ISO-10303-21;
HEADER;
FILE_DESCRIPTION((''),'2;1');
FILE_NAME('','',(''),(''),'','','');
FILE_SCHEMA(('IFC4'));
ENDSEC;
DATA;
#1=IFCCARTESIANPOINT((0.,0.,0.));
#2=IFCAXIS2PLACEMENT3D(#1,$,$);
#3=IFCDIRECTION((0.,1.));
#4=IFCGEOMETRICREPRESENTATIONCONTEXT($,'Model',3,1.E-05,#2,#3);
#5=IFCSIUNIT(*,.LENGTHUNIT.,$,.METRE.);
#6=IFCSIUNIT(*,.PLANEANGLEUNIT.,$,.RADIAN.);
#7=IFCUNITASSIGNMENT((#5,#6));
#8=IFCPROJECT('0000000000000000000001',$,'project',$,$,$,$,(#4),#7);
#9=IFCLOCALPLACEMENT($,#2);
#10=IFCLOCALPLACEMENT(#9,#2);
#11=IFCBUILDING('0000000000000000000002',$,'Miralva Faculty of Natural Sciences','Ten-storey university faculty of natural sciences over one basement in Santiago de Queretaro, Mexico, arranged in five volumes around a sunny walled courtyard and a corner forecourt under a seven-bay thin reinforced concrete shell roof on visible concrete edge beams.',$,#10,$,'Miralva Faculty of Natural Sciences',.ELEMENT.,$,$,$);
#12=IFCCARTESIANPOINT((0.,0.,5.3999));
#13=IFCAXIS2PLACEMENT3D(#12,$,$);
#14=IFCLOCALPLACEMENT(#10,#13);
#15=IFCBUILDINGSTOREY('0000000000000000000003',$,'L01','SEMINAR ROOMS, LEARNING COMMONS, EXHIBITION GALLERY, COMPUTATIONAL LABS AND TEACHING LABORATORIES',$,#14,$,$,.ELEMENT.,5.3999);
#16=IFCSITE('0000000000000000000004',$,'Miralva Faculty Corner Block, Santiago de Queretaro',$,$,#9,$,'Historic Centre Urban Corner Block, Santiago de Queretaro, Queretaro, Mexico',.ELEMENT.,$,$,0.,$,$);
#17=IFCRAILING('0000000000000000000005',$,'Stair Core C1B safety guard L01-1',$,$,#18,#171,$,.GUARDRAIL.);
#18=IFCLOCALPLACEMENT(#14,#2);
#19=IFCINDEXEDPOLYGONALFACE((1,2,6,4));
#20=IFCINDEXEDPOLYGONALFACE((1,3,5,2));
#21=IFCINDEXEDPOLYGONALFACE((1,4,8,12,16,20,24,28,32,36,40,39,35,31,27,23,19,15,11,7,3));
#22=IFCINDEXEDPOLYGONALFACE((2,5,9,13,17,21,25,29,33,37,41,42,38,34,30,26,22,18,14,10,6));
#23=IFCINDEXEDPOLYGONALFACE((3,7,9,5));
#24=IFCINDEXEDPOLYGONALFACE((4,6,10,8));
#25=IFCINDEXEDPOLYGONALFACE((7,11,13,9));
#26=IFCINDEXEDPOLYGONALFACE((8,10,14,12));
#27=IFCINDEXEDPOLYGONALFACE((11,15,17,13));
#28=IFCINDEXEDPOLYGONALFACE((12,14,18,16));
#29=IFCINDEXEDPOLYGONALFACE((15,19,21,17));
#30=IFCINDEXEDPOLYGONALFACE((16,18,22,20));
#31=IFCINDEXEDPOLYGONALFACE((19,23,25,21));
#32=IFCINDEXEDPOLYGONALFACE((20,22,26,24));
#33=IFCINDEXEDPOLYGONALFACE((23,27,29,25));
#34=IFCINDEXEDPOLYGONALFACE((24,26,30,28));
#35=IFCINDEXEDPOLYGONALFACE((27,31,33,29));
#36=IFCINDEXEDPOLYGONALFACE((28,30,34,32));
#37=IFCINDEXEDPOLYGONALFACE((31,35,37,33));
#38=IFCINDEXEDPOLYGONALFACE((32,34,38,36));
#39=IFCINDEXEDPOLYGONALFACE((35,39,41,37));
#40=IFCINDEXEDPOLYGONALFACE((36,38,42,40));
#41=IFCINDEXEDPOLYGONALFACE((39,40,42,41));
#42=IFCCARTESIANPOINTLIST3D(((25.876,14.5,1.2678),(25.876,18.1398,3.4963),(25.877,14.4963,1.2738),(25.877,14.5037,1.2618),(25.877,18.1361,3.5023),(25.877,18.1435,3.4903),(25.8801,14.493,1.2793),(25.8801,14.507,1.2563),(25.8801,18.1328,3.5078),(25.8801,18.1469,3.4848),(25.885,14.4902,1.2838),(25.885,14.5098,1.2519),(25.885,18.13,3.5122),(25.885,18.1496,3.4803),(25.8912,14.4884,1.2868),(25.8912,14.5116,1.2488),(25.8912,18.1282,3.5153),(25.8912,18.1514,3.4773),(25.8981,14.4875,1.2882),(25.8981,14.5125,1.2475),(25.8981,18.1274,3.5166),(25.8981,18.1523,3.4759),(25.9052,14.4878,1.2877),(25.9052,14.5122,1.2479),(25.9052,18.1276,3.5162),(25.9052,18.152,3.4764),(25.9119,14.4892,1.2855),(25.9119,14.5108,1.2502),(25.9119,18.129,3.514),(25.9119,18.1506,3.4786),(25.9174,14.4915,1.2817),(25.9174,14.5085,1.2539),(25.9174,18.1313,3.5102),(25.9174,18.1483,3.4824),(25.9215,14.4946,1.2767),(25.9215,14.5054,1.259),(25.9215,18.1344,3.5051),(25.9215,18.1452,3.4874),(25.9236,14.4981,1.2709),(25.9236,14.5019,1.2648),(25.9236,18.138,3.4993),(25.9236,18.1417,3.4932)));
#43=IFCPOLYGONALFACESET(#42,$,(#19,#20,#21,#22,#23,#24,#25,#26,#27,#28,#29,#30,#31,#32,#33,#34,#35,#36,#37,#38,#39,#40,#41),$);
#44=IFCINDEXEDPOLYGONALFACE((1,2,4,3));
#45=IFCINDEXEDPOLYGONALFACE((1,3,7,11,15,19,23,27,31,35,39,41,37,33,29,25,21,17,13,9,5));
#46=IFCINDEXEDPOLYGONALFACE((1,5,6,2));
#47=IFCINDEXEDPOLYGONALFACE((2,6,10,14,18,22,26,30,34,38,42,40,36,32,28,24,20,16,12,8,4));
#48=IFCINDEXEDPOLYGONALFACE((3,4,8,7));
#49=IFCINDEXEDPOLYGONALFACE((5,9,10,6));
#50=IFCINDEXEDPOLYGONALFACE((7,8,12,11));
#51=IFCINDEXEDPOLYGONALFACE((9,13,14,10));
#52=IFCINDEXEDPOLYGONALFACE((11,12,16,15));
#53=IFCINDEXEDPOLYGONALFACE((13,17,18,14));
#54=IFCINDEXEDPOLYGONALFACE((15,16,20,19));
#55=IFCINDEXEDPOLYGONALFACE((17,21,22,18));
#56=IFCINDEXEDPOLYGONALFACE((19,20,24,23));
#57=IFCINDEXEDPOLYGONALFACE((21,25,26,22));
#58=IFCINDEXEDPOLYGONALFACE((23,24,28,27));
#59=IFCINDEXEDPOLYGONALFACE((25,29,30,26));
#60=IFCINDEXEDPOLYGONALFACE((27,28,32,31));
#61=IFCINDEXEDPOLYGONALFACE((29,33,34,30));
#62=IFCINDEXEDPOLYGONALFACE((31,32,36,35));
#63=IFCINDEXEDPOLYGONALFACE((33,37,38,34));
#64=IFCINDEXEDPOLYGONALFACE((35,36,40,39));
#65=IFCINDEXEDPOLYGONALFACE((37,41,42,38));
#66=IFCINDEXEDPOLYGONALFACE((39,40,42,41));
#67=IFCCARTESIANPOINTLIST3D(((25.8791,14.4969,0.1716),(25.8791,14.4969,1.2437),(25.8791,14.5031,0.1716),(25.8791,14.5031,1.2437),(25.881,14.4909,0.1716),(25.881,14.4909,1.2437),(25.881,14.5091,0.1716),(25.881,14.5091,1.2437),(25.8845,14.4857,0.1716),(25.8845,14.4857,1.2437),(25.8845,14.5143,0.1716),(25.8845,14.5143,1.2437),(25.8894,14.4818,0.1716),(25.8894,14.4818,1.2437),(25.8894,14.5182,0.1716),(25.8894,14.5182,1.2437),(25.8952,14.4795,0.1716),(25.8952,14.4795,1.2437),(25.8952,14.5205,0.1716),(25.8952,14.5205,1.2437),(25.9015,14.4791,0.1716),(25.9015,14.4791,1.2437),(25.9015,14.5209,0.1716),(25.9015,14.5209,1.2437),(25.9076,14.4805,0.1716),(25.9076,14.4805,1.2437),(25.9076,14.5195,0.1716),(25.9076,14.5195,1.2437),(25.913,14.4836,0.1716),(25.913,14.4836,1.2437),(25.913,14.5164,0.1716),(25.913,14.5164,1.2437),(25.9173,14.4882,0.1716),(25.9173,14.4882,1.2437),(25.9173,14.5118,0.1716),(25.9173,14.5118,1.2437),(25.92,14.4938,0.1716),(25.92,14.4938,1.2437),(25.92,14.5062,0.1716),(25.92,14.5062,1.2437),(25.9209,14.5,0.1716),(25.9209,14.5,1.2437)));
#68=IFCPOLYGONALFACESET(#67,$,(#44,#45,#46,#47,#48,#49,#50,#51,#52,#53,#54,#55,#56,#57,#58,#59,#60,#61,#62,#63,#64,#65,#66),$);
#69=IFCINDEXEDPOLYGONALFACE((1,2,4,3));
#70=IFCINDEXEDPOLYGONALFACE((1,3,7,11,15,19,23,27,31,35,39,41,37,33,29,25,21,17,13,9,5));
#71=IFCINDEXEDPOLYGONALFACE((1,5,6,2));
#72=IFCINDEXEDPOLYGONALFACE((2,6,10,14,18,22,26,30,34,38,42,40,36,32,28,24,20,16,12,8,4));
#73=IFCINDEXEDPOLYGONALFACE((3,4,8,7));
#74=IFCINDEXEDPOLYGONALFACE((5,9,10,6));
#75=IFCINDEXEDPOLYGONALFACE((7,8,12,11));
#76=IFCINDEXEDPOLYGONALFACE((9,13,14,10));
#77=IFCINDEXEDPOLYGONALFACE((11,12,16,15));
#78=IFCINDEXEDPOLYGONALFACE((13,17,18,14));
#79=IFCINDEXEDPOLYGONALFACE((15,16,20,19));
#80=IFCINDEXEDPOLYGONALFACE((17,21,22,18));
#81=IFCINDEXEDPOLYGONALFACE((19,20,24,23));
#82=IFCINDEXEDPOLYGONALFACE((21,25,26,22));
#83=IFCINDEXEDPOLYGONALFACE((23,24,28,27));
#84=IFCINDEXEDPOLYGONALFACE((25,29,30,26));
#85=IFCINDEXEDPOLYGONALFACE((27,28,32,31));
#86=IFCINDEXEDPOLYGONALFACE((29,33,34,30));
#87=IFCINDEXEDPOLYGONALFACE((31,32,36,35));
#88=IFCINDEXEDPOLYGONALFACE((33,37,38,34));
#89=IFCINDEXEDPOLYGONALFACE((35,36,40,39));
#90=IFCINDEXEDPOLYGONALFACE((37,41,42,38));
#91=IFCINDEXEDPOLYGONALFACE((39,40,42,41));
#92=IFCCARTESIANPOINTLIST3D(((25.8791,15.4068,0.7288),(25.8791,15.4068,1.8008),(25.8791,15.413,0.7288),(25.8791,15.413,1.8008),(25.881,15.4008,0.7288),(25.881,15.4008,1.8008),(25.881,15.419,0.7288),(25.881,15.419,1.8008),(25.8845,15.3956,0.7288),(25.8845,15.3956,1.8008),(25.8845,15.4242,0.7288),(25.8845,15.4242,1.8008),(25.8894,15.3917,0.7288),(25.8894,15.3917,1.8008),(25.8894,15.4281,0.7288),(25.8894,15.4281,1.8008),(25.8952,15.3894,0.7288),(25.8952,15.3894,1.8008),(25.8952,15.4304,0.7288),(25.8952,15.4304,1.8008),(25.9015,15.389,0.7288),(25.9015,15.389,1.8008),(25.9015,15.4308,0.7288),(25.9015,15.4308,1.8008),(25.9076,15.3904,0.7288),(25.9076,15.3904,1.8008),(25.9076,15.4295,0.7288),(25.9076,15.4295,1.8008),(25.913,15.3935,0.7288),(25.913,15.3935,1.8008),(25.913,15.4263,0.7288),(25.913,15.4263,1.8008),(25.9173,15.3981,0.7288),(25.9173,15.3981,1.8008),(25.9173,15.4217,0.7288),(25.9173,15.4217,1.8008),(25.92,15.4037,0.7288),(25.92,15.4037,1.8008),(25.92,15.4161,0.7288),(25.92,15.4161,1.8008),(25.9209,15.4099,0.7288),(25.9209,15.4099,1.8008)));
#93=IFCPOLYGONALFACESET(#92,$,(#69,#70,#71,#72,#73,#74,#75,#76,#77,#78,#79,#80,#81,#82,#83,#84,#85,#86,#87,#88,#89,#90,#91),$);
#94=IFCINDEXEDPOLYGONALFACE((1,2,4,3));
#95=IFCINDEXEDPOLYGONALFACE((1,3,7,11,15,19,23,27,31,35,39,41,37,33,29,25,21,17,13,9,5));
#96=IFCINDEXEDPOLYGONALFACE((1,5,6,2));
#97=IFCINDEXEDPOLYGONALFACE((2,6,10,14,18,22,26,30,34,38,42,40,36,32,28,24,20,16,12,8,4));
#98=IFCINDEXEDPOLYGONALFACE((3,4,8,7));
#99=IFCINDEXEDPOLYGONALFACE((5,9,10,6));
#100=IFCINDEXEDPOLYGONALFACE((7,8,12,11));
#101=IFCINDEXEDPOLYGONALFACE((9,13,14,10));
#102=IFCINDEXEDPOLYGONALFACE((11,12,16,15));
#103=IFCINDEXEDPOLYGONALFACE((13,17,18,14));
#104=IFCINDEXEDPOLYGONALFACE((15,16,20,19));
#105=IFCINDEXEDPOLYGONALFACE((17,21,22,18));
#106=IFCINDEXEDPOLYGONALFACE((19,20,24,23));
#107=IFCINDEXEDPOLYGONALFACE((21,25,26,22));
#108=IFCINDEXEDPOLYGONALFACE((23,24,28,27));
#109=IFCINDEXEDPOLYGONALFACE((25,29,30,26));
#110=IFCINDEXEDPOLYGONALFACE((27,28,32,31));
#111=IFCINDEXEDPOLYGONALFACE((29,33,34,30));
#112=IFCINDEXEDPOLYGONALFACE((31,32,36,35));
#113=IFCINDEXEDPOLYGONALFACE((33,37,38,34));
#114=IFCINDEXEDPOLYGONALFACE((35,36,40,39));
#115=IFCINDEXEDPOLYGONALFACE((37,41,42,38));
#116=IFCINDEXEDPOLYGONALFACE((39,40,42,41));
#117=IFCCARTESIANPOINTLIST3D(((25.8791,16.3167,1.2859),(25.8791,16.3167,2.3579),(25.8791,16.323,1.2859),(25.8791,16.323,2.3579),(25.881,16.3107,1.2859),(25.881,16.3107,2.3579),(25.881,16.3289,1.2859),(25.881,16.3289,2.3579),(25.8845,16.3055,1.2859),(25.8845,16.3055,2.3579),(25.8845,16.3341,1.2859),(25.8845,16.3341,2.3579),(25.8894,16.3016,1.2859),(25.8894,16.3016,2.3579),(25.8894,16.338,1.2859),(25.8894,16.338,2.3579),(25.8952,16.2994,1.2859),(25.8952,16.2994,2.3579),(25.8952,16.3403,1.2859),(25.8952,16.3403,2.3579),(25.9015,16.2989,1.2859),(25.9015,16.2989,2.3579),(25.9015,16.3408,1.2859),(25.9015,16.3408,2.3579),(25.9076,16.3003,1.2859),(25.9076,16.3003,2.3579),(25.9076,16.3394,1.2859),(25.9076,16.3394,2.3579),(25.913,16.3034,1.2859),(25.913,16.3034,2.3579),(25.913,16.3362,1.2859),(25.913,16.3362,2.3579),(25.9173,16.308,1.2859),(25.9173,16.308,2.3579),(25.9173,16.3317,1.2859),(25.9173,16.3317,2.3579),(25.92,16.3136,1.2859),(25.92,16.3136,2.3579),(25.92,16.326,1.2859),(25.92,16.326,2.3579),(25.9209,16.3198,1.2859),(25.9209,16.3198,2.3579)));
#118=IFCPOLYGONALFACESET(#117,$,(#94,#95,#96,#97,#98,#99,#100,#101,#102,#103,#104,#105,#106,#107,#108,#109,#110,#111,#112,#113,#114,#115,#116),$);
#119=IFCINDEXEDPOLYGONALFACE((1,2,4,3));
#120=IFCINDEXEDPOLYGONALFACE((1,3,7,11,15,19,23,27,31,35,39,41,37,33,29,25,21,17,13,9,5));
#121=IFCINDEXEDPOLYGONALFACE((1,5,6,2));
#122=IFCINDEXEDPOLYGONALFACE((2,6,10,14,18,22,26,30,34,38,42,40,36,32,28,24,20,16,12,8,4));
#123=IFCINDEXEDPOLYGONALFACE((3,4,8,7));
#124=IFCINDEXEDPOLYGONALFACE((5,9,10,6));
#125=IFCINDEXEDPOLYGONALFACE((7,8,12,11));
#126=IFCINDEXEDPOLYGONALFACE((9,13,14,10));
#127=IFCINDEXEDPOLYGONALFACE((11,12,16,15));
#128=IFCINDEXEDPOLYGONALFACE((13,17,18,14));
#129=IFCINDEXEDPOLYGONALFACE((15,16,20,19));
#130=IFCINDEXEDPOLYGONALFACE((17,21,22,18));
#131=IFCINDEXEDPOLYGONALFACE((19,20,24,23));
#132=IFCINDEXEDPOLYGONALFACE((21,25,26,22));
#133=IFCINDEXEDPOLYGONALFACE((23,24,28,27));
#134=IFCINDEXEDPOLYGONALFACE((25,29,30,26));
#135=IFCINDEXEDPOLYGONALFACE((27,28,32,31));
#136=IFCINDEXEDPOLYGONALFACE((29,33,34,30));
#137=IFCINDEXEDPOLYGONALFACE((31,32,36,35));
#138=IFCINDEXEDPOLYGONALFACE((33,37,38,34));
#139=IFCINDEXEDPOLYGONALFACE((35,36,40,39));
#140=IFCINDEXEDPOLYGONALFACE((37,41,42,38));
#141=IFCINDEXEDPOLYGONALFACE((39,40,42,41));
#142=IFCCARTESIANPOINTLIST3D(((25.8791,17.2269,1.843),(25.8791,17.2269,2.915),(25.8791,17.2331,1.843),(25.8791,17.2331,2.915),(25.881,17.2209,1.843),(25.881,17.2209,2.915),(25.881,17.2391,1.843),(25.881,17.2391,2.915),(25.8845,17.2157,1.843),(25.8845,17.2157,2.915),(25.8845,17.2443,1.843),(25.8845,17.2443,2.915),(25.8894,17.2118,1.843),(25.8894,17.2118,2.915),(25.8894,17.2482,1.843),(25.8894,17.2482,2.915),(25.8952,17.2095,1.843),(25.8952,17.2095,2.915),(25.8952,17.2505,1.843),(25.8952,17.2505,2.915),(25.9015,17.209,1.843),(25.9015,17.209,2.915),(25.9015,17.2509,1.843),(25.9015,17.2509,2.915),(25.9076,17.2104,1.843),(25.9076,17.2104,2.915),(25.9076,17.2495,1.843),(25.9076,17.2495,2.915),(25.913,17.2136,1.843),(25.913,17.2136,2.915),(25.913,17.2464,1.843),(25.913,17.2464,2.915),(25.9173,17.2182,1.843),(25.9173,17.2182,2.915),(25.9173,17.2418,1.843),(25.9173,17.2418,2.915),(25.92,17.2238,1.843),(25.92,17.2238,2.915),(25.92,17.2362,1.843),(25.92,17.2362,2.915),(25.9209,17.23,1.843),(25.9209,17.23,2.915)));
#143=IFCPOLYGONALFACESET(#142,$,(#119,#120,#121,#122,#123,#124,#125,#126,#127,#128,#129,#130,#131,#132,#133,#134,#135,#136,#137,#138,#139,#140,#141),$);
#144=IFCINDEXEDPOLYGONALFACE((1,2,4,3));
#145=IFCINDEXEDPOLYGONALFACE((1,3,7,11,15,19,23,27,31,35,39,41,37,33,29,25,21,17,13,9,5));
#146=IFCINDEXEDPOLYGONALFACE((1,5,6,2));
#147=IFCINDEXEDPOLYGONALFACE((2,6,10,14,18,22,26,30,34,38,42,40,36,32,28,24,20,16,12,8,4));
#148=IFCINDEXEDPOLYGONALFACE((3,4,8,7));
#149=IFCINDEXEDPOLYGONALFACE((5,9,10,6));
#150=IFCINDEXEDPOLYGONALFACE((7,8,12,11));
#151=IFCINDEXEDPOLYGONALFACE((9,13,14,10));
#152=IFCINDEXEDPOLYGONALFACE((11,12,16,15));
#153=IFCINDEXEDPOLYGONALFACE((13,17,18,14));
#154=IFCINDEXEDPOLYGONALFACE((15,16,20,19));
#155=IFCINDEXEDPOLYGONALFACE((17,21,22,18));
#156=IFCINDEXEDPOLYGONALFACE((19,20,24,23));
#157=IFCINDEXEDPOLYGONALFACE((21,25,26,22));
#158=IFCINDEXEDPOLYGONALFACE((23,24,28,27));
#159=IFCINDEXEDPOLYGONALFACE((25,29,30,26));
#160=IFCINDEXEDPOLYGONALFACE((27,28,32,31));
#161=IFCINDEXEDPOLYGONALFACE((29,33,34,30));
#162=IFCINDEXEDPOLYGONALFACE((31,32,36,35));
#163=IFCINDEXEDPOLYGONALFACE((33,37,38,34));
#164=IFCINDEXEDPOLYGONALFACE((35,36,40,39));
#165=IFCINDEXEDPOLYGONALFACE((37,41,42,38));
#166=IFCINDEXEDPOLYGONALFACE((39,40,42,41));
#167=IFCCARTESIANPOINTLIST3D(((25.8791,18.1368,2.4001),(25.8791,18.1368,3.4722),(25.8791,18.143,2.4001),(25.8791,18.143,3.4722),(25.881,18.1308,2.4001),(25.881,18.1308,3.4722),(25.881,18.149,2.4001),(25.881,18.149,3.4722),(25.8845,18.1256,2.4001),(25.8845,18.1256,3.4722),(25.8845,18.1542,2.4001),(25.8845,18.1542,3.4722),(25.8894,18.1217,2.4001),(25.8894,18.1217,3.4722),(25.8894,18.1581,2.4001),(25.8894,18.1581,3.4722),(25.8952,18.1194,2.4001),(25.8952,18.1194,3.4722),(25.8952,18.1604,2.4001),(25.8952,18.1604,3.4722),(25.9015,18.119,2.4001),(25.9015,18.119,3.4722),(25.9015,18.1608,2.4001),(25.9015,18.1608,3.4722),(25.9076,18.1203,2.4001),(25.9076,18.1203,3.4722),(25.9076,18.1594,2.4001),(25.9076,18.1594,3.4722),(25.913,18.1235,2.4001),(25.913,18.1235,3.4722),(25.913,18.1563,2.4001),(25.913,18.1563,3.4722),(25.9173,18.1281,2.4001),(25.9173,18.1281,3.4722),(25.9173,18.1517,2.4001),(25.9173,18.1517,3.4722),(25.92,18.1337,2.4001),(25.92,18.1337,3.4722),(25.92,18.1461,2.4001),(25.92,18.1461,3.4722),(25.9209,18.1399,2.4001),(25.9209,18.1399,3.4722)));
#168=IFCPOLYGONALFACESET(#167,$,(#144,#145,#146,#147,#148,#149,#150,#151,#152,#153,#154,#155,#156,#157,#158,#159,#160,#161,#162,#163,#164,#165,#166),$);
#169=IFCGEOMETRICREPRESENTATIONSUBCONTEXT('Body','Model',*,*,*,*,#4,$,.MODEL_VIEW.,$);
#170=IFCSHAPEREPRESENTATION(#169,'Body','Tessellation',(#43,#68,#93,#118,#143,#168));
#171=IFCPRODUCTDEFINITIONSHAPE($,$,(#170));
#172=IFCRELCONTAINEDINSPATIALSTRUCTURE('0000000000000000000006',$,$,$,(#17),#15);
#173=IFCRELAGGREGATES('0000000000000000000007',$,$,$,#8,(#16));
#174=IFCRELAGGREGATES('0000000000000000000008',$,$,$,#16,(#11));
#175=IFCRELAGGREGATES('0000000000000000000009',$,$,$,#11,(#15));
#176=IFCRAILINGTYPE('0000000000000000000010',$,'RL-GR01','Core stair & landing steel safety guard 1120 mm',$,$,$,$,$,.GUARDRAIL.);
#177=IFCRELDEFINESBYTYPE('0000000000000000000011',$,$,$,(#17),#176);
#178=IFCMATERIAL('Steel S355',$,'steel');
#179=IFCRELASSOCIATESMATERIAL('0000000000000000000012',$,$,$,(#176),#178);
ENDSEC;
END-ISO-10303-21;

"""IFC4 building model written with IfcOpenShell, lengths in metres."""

from ifc_helpers import new_model, si_unit, direction, frame, origin, origin_2d, place, context, subcontext, project, spatial, circle, extrude, material, type_object, element, save


model = new_model("IFC4")

# Units and contexts
model_context = context("Model", 3, precision=1e-05, world=origin(), true_north=direction((0.0, 1.0)))
body_context = subcontext(model_context, "Body", "Model", "MODEL_VIEW")
ifc_project = project(units=[si_unit("LENGTHUNIT", "METRE"), si_unit("PLANEANGLEUNIT", "RADIAN")], contexts=[model_context])

# Site, building, storey
site_placement = place(None, origin())
site = spatial("IfcSite", under=ifc_project, at=site_placement, Name="Miralva Faculty Corner Block, Santiago de Queretaro", LongName="Historic Centre Urban Corner Block, Santiago de Queretaro, Queretaro, Mexico", CompositionType="ELEMENT", RefElevation=0.0)
building_placement = place(site_placement, origin())
building = spatial("IfcBuilding", under=site, at=building_placement, Name="Miralva Faculty of Natural Sciences", Description="Ten-storey university faculty of natural sciences over one basement in Santiago de Queretaro, Mexico, arranged in five volumes around a sunny walled courtyard and a corner forecourt under a seven-bay thin reinforced concrete shell roof on visible concrete edge beams.", LongName="Miralva Faculty of Natural Sciences", CompositionType="ELEMENT")
storey_placement = place(building_placement, frame((0.0, 0.0, 5.3999)))
storey = spatial("IfcBuildingStorey", under=building, at=storey_placement, Name="L01", Description="SEMINAR ROOMS, LEARNING COMMONS, EXHIBITION GALLERY, COMPUTATIONAL LABS AND TEACHING LABORATORIES", CompositionType="ELEMENT", Elevation=5.3999)

# Railing
ifc_material_1 = material(Name="Steel S355", Category="steel")
railing_type_1 = type_object("IfcRailingType", Name="RL-GR01", Description="Core stair & landing steel safety guard 1120 mm", PredefinedType="GUARDRAIL", material=ifc_material_1)
railing_1_placement = place(storey_placement, frame((25.8999, 14.5, 0.1716)))
element("IfcRailing", 1, at=railing_1_placement, inside=storey, type_object=railing_type_1, Name="Stair Core C1B safety guard L01-1", PredefinedType="GUARDRAIL", context=body_context, shape_type="SweptSolid", body=[
    extrude(circle(Radius=0.0239, at=origin_2d()), frame((0.0, 0.0, 1.0962), z_axis=(0.0, 0.85285, 0.522156), x_axis=(-1.0, 0.0, 0.0)), (0.0, 0.0, 1.0), 4.2678),
    extrude(circle(Radius=0.021, at=origin_2d()), origin(), (0.0, 0.0, 1.0), 1.072),
    extrude(circle(Radius=0.021, at=origin_2d()), frame((0.0, 0.9099, 0.5571)), (0.0, 0.0, 1.0), 1.072),
    extrude(circle(Radius=0.021, at=origin_2d()), frame((0.0, 1.8198, 1.1143)), (0.0, 0.0, 1.0), 1.072),
    extrude(circle(Radius=0.021, at=origin_2d()), frame((0.0, 2.73, 1.6714)), (0.0, 0.0, 1.0), 1.072),
    extrude(circle(Radius=0.021, at=origin_2d()), frame((0.0, 3.6399, 2.2285)), (0.0, 0.0, 1.0), 1.072),
])

save(model, "model.ifc")
